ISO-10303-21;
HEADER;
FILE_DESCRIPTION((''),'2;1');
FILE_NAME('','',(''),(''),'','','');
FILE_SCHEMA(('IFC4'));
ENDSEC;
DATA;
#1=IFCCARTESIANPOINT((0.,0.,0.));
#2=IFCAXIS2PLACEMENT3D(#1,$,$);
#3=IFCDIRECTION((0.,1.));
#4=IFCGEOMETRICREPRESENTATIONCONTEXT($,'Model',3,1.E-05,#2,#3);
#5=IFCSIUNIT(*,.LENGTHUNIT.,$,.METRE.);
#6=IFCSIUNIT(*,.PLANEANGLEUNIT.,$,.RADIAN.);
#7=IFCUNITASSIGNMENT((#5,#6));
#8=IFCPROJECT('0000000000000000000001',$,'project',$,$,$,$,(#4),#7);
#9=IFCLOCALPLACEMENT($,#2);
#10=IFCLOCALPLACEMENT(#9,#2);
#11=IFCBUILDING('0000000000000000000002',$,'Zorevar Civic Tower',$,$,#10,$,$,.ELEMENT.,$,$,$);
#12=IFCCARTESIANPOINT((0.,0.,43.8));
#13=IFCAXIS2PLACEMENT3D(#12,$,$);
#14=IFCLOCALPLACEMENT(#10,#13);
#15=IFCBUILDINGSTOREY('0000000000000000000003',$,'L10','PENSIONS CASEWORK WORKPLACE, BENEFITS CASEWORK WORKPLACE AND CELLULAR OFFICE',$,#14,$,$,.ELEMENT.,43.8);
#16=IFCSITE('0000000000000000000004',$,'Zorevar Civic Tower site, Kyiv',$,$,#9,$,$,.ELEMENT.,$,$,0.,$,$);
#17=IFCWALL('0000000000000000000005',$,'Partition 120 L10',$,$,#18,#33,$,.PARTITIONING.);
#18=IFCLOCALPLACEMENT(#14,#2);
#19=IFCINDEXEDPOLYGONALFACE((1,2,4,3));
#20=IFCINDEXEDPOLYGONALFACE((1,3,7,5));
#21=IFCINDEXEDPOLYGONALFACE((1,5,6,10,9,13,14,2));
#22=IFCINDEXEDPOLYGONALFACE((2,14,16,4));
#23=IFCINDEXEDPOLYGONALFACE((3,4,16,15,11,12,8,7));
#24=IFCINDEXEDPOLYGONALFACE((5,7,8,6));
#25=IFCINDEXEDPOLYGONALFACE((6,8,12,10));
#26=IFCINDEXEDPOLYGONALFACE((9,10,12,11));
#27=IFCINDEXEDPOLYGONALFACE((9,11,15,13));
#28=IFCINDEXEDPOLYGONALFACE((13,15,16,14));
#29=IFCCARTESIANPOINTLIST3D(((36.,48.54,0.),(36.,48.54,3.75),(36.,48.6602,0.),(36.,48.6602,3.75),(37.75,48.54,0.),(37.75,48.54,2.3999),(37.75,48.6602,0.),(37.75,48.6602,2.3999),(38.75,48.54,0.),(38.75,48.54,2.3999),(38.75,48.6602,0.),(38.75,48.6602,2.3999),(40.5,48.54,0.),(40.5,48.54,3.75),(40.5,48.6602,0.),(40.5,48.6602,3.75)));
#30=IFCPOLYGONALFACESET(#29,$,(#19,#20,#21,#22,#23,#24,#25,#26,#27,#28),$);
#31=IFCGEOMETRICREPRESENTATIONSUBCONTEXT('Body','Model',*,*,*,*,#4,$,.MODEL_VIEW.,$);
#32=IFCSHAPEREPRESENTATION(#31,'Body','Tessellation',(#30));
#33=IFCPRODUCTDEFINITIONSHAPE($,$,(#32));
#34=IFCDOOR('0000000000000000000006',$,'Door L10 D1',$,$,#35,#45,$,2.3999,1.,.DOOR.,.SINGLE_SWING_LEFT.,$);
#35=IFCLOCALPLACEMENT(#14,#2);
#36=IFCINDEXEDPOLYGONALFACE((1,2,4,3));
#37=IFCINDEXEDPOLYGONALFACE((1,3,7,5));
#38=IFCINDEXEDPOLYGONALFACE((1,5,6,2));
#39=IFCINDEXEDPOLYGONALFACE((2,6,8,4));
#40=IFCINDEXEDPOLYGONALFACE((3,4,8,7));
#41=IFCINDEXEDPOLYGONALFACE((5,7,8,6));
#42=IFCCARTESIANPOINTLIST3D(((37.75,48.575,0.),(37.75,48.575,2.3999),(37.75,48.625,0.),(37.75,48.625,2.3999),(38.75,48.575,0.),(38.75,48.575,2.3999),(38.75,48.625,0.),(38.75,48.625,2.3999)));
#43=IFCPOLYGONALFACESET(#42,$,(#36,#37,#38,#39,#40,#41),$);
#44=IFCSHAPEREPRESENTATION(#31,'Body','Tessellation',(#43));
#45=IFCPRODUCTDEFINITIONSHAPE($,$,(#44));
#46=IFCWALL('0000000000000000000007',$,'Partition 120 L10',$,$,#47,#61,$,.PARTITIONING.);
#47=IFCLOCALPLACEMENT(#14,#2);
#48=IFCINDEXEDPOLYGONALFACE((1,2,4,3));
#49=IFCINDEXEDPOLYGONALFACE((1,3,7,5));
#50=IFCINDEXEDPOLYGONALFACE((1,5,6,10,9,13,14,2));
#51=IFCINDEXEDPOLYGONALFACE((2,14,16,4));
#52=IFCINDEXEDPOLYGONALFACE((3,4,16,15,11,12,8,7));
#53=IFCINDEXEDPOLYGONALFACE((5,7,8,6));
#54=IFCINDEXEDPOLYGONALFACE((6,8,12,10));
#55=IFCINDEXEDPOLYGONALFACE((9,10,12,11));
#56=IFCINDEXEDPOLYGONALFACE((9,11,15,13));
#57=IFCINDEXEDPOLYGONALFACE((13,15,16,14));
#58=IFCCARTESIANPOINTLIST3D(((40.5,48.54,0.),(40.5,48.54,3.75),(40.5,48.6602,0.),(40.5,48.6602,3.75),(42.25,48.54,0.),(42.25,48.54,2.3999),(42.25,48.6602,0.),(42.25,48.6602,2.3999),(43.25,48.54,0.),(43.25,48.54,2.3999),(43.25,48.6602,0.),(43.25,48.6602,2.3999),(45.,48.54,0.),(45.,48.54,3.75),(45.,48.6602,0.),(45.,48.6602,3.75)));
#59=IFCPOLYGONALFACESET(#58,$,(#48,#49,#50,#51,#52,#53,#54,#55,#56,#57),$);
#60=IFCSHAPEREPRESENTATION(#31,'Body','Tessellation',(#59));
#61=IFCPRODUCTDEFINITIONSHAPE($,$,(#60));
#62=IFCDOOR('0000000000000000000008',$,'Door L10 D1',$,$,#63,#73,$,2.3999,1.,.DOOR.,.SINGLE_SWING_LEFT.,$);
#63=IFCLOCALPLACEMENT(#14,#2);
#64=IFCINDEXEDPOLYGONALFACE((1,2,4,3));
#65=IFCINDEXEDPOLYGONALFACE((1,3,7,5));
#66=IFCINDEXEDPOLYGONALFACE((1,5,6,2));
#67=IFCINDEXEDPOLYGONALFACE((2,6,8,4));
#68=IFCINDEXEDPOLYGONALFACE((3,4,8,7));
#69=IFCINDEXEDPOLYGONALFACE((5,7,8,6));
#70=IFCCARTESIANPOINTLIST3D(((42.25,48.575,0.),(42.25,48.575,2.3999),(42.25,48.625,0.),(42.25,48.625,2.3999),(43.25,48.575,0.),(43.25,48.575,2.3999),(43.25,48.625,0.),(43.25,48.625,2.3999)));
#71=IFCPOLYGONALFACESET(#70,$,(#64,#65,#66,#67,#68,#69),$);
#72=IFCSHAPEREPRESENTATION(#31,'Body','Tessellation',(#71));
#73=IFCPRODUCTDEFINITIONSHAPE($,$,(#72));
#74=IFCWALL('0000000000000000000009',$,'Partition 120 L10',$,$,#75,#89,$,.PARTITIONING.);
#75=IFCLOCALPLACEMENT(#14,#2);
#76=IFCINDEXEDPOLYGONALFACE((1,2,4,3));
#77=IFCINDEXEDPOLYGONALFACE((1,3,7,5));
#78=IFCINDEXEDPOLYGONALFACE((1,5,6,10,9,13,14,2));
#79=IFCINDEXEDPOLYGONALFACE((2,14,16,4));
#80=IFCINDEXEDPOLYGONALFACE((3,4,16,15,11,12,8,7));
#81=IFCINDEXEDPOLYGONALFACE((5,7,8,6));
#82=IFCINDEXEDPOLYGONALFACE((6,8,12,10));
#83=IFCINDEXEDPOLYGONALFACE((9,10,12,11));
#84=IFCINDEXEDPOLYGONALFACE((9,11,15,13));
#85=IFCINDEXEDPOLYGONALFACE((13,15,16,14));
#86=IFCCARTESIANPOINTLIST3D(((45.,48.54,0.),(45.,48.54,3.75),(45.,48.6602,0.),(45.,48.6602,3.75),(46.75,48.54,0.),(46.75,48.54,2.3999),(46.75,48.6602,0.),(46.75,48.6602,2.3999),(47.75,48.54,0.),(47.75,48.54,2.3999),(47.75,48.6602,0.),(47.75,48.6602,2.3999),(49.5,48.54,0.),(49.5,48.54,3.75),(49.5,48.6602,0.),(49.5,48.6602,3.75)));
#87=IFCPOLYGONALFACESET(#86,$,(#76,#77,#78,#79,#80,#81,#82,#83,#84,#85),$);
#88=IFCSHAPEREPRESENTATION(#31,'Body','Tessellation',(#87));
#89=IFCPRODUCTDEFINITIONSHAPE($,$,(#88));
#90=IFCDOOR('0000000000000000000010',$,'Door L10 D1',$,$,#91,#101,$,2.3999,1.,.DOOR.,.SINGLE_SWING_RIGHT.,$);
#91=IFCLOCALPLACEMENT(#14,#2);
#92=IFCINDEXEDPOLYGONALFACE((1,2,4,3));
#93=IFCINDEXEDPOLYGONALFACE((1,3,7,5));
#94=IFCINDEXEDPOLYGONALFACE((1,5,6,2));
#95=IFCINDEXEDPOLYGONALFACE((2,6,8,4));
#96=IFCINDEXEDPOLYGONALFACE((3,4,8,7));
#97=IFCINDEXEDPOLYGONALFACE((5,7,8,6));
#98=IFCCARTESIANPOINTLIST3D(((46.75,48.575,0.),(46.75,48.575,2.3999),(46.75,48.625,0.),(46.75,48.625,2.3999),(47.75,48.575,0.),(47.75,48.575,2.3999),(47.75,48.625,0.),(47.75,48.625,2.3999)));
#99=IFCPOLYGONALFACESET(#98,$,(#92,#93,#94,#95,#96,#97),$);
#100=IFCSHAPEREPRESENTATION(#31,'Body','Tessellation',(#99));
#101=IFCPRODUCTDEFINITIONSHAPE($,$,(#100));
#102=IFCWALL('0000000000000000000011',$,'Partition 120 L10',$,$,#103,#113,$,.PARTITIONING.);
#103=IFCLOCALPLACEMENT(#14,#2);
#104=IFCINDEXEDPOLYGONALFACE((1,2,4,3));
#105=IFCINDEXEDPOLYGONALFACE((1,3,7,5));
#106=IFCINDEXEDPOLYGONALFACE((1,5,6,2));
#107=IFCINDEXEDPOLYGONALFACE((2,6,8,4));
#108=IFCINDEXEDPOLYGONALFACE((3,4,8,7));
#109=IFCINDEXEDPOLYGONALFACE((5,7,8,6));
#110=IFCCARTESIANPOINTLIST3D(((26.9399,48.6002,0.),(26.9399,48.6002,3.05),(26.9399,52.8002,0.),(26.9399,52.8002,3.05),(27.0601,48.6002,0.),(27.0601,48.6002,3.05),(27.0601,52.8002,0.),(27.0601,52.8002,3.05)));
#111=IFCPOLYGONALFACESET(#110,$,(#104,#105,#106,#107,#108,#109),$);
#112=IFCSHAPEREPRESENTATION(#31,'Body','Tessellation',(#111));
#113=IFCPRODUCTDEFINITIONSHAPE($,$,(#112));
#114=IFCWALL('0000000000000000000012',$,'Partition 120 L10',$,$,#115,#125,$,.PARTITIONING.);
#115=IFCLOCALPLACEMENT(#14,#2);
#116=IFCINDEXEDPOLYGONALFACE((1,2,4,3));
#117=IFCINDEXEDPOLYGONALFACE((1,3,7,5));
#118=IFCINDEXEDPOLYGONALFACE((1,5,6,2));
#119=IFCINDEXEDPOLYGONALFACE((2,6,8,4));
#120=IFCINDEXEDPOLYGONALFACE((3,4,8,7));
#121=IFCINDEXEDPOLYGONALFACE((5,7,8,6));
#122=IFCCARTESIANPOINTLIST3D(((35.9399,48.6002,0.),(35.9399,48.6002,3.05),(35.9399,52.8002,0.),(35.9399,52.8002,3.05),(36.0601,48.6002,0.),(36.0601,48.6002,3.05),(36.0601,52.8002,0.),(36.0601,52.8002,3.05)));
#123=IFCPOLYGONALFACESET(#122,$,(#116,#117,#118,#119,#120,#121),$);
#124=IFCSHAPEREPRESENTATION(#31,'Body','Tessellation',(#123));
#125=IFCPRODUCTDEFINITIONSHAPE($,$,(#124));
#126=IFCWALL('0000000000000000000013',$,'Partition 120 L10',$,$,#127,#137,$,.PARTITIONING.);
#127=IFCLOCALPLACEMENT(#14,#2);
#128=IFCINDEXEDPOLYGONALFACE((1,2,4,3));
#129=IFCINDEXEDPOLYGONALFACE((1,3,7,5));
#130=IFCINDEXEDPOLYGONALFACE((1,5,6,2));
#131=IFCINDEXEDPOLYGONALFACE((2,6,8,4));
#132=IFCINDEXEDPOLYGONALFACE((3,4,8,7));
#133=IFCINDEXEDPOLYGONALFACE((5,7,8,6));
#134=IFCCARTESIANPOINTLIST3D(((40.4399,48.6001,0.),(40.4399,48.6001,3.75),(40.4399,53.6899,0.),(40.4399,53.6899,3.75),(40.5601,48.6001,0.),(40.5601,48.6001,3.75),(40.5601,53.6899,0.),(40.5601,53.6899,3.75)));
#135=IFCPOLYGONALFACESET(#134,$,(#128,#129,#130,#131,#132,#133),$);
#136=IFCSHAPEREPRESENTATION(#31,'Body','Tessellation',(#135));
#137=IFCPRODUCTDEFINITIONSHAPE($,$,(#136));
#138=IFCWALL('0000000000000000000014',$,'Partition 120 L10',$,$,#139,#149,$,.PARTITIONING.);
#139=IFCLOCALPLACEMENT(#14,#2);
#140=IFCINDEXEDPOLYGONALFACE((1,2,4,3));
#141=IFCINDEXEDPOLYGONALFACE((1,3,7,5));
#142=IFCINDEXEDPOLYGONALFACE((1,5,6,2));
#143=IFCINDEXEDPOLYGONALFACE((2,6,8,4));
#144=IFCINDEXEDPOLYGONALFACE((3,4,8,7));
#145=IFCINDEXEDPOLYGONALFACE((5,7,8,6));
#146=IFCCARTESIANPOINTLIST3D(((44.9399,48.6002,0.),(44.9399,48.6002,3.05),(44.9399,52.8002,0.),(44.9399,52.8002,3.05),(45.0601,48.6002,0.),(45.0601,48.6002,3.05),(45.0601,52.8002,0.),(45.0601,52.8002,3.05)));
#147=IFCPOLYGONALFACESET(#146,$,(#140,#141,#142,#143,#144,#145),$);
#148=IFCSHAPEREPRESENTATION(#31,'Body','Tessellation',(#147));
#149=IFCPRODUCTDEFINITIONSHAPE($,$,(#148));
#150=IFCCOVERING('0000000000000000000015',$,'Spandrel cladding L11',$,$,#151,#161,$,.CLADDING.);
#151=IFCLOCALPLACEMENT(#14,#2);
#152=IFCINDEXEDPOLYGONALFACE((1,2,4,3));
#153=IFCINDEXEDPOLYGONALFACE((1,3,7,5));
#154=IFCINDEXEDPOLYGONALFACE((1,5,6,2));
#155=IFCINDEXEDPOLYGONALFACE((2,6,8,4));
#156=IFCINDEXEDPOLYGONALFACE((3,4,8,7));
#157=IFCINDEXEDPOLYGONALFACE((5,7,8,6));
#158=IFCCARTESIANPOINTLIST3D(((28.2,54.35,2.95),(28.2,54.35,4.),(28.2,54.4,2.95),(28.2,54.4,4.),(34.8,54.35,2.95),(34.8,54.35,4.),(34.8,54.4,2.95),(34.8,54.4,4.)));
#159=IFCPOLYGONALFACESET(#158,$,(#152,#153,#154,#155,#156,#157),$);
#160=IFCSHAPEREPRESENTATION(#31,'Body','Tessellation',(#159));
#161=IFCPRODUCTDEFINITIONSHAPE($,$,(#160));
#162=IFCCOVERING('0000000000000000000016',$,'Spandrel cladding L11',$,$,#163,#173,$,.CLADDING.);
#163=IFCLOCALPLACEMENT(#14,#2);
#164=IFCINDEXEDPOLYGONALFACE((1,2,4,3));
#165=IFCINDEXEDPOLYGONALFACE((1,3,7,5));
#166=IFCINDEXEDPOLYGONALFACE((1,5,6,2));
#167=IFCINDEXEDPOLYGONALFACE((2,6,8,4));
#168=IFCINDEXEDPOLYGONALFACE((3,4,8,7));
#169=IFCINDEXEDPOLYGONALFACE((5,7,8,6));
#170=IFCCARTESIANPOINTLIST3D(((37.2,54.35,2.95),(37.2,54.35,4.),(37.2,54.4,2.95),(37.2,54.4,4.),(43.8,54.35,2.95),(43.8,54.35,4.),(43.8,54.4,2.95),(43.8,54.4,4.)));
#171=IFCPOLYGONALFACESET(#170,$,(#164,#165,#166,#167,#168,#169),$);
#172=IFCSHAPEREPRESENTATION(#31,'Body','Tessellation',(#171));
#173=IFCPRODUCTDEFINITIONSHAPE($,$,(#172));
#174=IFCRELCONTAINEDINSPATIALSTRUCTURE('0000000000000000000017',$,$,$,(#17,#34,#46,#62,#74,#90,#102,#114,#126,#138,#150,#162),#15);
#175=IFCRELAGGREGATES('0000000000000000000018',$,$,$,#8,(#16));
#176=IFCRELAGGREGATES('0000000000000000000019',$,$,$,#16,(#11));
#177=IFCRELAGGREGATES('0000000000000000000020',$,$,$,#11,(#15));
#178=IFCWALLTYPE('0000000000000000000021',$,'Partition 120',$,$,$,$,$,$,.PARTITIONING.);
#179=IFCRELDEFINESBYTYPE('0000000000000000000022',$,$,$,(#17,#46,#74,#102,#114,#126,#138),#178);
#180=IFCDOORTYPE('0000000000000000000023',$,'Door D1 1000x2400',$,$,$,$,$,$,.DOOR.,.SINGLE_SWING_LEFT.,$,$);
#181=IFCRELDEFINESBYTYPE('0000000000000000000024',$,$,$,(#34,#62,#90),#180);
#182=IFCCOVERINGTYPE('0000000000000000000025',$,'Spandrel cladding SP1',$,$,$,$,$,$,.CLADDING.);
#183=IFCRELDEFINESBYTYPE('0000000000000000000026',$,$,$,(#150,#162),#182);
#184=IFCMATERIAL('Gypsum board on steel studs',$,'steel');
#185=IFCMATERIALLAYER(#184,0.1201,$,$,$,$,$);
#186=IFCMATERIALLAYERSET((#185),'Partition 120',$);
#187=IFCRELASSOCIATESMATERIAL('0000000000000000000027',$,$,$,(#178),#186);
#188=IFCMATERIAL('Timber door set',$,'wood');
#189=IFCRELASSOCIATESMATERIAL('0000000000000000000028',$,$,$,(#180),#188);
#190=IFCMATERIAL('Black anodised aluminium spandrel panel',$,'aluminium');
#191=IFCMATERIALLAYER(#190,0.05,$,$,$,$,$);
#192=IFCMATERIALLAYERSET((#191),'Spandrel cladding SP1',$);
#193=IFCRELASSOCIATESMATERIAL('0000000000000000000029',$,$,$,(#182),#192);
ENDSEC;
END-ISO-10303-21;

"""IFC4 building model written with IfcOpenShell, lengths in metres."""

from ifc_helpers import new_model, si_unit, direction, frame, frame_2d, origin, place, context, subcontext, project, spatial, rectangle, extrude, material, layer, layer_set, type_object, element, fill, save


model = new_model("IFC4")

# Units and contexts
model_context = context("Model", 3, precision=1e-05, world=origin(), true_north=direction((0.0, 1.0)))
body_context = subcontext(model_context, "Body", "Model", "MODEL_VIEW")
ifc_project = project(units=[si_unit("LENGTHUNIT", "METRE"), si_unit("PLANEANGLEUNIT", "RADIAN")], contexts=[model_context])

# Site, building, storey
site_placement = place(None, origin())
site = spatial("IfcSite", under=ifc_project, at=site_placement, Name="Zorevar Civic Tower site, Kyiv", CompositionType="ELEMENT", RefElevation=0.0)
building_placement = place(site_placement, origin())
building = spatial("IfcBuilding", under=site, at=building_placement, Name="Zorevar Civic Tower", CompositionType="ELEMENT")
storey_placement = place(building_placement, frame((0.0, 0.0, 43.8)))
storey = spatial("IfcBuildingStorey", under=building, at=storey_placement, Name="L10", Description="PENSIONS CASEWORK WORKPLACE, BENEFITS CASEWORK WORKPLACE AND CELLULAR OFFICE", CompositionType="ELEMENT", Elevation=43.8)

# Walls, openings, doors
ifc_material_1 = material(Name="Gypsum board on steel studs", Category="steel")
ifc_layer_1 = layer(ifc_material_1, 0.1201)
ifc_layer_set_1 = layer_set([ifc_layer_1], Name="Partition 120")
wall_type = type_object("IfcWallType", Name="Partition 120", PredefinedType="PARTITIONING", material=ifc_layer_set_1)
ifc_material_2 = material(Name="Timber door set", Category="wood")
door_type = type_object("IfcDoorType", Name="Door D1 1000x2400", OperationType="SINGLE_SWING_LEFT", PredefinedType="DOOR", material=ifc_material_2)
wall_1_placement = place(storey_placement, frame((36.0, 48.6001, 0.0), z_axis=(0.0, 0.0, 1.0), x_axis=(1.0, 0.0, 0.0)))
wall_1 = element("IfcWall", 1, at=wall_1_placement, inside=storey, type_object=wall_type, Name="Partition 120 L10", PredefinedType="PARTITIONING", context=body_context, shape_type="SweptSolid", body=[
    extrude(rectangle(XDim=4.5, YDim=0.1201, at=frame_2d((2.25, 0.0))), origin(), (0.0, 0.0, 1.0), 3.75),
])
opening_1_placement = place(wall_1_placement, frame((1.75, 0.0, 0.0)))
opening_1 = element("IfcOpeningElement", 2, at=opening_1_placement, cuts=wall_1, PredefinedType="OPENING", context=body_context, shape_type="SweptSolid", body=[
    extrude(rectangle(XDim=1.0, YDim=2.3999, at=frame_2d((0.5, 1.2))), frame((0.0, 0.0701, 0.0), z_axis=(0.0, -1.0, 0.0), x_axis=(1.0, 0.0, 0.0)), (0.0, 0.0, 1.0), 0.1401),
])
door_1_placement = place(opening_1_placement, origin())
door_1 = element("IfcDoor", 3, at=door_1_placement, inside=storey, type_object=door_type, Name="Door L10 D1", OperationType="SINGLE_SWING_LEFT", OverallHeight=2.3999, OverallWidth=1.0, PredefinedType="DOOR", context=body_context, shape_type="SweptSolid", body=[
    extrude(rectangle(XDim=1.0, YDim=2.3999, at=frame_2d((0.5, 1.2))), frame((0.0, 0.0249, 0.0), z_axis=(0.0, -1.0, 0.0), x_axis=(1.0, 0.0, 0.0)), (0.0, 0.0, 1.0), 0.05),
])
fill(opening_1, door_1)
wall_2_placement = place(storey_placement, frame((40.5, 48.6001, 0.0), z_axis=(0.0, 0.0, 1.0), x_axis=(1.0, 0.0, 0.0)))
wall_2 = element("IfcWall", 4, at=wall_2_placement, inside=storey, type_object=wall_type, Name="Partition 120 L10", PredefinedType="PARTITIONING", context=body_context, shape_type="SweptSolid", body=[
    extrude(rectangle(XDim=4.5, YDim=0.1201, at=frame_2d((2.25, 0.0))), origin(), (0.0, 0.0, 1.0), 3.75),
])
opening_2_placement = place(wall_2_placement, frame((1.75, 0.0, 0.0)))
opening_2 = element("IfcOpeningElement", 5, at=opening_2_placement, cuts=wall_2, PredefinedType="OPENING", context=body_context, shape_type="SweptSolid", body=[
    extrude(rectangle(XDim=1.0, YDim=2.3999, at=frame_2d((0.5, 1.2))), frame((0.0, 0.0701, 0.0), z_axis=(0.0, -1.0, 0.0), x_axis=(1.0, 0.0, 0.0)), (0.0, 0.0, 1.0), 0.1401),
])
door_2_placement = place(opening_2_placement, origin())
door_2 = element("IfcDoor", 6, at=door_2_placement, inside=storey, type_object=door_type, Name="Door L10 D1", OperationType="SINGLE_SWING_LEFT", OverallHeight=2.3999, OverallWidth=1.0, PredefinedType="DOOR", context=body_context, shape_type="SweptSolid", body=[
    extrude(rectangle(XDim=1.0, YDim=2.3999, at=frame_2d((0.5, 1.2))), frame((0.0, 0.0249, 0.0), z_axis=(0.0, -1.0, 0.0), x_axis=(1.0, 0.0, 0.0)), (0.0, 0.0, 1.0), 0.05),
])
fill(opening_2, door_2)
wall_3_placement = place(storey_placement, frame((45.0, 48.6001, 0.0), z_axis=(0.0, 0.0, 1.0), x_axis=(1.0, 0.0, 0.0)))
wall_3 = element("IfcWall", 7, at=wall_3_placement, inside=storey, type_object=wall_type, Name="Partition 120 L10", PredefinedType="PARTITIONING", context=body_context, shape_type="SweptSolid", body=[
    extrude(rectangle(XDim=4.5, YDim=0.1201, at=frame_2d((2.25, 0.0))), origin(), (0.0, 0.0, 1.0), 3.75),
])
opening_3_placement = place(wall_3_placement, frame((1.75, 0.0, 0.0)))
opening_3 = element("IfcOpeningElement", 8, at=opening_3_placement, cuts=wall_3, PredefinedType="OPENING", context=body_context, shape_type="SweptSolid", body=[
    extrude(rectangle(XDim=1.0, YDim=2.3999, at=frame_2d((0.5, 1.2))), frame((0.0, 0.0701, 0.0), z_axis=(0.0, -1.0, 0.0), x_axis=(1.0, 0.0, 0.0)), (0.0, 0.0, 1.0), 0.1401),
])
door_3_placement = place(opening_3_placement, origin())
door_3 = element("IfcDoor", 9, at=door_3_placement, inside=storey, type_object=door_type, Name="Door L10 D1", OperationType="SINGLE_SWING_RIGHT", OverallHeight=2.3999, OverallWidth=1.0, PredefinedType="DOOR", context=body_context, shape_type="SweptSolid", body=[
    extrude(rectangle(XDim=1.0, YDim=2.3999, at=frame_2d((0.5, 1.2))), frame((0.0, 0.0249, 0.0), z_axis=(0.0, -1.0, 0.0), x_axis=(1.0, 0.0, 0.0)), (0.0, 0.0, 1.0), 0.05),
])
fill(opening_3, door_3)

# Walls
for number, where, z_axis, x_axis, name in (
    (10, (27.0, 48.6001, 0.0), (0.0, 0.0, 1.0), (0.0, 1.0, 0.0), "Partition 120 L10"),
    (11, (36.0, 48.6001, 0.0), (0.0, 0.0, 1.0), (0.0, 1.0, 0.0), "Partition 120 L10"),
):
    element("IfcWall", number, at=place(storey_placement, frame(where, z_axis=z_axis, x_axis=x_axis)), inside=storey, type_object=wall_type, Name=name, PredefinedType="PARTITIONING", context=body_context, shape_type="SweptSolid", body=[
        extrude(rectangle(XDim=4.2, YDim=0.1201, at=frame_2d((2.1001, 0.0))), origin(), (0.0, 0.0, 1.0), 3.05),
    ])
wall_4_placement = place(storey_placement, frame((40.5, 48.6001, 0.0), z_axis=(0.0, 0.0, 1.0), x_axis=(0.0, 1.0, 0.0)))
element("IfcWall", 12, at=wall_4_placement, inside=storey, type_object=wall_type, Name="Partition 120 L10", PredefinedType="PARTITIONING", context=body_context, shape_type="SweptSolid", body=[
    extrude(rectangle(XDim=5.0898, YDim=0.1201, at=frame_2d((2.5449, 0.0))), origin(), (0.0, 0.0, 1.0), 3.75),
])
wall_5_placement = place(storey_placement, frame((45.0, 48.6001, 0.0), z_axis=(0.0, 0.0, 1.0), x_axis=(0.0, 1.0, 0.0)))
element("IfcWall", 13, at=wall_5_placement, inside=storey, type_object=wall_type, Name="Partition 120 L10", PredefinedType="PARTITIONING", context=body_context, shape_type="SweptSolid", body=[
    extrude(rectangle(XDim=4.2, YDim=0.1201, at=frame_2d((2.1001, 0.0))), origin(), (0.0, 0.0, 1.0), 3.05),
])

# Coverings
ifc_material_3 = material(Name="Black anodised aluminium spandrel panel", Category="aluminium")
ifc_layer_2 = layer(ifc_material_3, 0.05)
ifc_layer_set_2 = layer_set([ifc_layer_2], Name="Spandrel cladding SP1")
covering_type = type_object("IfcCoveringType", Name="Spandrel cladding SP1", PredefinedType="CLADDING", material=ifc_layer_set_2)
for number, where, z_axis, x_axis, name in (
    (14, (28.2, 54.375, 2.95), (0.0, 0.0, 1.0), (1.0, 0.0, 0.0), "Spandrel cladding L11"),
    (15, (37.2, 54.375, 2.95), (0.0, 0.0, 1.0), (1.0, 0.0, 0.0), "Spandrel cladding L11"),
):
    element("IfcCovering", number, at=place(storey_placement, frame(where, z_axis=z_axis, x_axis=x_axis)), inside=storey, type_object=covering_type, Name=name, PredefinedType="CLADDING", context=body_context, shape_type="SweptSolid", body=[
        extrude(rectangle(XDim=6.6001, YDim=0.05, at=frame_2d((3.3, 0.0))), origin(), (0.0, 0.0, 1.0), 1.05),
    ])

save(model, "model.ifc")
